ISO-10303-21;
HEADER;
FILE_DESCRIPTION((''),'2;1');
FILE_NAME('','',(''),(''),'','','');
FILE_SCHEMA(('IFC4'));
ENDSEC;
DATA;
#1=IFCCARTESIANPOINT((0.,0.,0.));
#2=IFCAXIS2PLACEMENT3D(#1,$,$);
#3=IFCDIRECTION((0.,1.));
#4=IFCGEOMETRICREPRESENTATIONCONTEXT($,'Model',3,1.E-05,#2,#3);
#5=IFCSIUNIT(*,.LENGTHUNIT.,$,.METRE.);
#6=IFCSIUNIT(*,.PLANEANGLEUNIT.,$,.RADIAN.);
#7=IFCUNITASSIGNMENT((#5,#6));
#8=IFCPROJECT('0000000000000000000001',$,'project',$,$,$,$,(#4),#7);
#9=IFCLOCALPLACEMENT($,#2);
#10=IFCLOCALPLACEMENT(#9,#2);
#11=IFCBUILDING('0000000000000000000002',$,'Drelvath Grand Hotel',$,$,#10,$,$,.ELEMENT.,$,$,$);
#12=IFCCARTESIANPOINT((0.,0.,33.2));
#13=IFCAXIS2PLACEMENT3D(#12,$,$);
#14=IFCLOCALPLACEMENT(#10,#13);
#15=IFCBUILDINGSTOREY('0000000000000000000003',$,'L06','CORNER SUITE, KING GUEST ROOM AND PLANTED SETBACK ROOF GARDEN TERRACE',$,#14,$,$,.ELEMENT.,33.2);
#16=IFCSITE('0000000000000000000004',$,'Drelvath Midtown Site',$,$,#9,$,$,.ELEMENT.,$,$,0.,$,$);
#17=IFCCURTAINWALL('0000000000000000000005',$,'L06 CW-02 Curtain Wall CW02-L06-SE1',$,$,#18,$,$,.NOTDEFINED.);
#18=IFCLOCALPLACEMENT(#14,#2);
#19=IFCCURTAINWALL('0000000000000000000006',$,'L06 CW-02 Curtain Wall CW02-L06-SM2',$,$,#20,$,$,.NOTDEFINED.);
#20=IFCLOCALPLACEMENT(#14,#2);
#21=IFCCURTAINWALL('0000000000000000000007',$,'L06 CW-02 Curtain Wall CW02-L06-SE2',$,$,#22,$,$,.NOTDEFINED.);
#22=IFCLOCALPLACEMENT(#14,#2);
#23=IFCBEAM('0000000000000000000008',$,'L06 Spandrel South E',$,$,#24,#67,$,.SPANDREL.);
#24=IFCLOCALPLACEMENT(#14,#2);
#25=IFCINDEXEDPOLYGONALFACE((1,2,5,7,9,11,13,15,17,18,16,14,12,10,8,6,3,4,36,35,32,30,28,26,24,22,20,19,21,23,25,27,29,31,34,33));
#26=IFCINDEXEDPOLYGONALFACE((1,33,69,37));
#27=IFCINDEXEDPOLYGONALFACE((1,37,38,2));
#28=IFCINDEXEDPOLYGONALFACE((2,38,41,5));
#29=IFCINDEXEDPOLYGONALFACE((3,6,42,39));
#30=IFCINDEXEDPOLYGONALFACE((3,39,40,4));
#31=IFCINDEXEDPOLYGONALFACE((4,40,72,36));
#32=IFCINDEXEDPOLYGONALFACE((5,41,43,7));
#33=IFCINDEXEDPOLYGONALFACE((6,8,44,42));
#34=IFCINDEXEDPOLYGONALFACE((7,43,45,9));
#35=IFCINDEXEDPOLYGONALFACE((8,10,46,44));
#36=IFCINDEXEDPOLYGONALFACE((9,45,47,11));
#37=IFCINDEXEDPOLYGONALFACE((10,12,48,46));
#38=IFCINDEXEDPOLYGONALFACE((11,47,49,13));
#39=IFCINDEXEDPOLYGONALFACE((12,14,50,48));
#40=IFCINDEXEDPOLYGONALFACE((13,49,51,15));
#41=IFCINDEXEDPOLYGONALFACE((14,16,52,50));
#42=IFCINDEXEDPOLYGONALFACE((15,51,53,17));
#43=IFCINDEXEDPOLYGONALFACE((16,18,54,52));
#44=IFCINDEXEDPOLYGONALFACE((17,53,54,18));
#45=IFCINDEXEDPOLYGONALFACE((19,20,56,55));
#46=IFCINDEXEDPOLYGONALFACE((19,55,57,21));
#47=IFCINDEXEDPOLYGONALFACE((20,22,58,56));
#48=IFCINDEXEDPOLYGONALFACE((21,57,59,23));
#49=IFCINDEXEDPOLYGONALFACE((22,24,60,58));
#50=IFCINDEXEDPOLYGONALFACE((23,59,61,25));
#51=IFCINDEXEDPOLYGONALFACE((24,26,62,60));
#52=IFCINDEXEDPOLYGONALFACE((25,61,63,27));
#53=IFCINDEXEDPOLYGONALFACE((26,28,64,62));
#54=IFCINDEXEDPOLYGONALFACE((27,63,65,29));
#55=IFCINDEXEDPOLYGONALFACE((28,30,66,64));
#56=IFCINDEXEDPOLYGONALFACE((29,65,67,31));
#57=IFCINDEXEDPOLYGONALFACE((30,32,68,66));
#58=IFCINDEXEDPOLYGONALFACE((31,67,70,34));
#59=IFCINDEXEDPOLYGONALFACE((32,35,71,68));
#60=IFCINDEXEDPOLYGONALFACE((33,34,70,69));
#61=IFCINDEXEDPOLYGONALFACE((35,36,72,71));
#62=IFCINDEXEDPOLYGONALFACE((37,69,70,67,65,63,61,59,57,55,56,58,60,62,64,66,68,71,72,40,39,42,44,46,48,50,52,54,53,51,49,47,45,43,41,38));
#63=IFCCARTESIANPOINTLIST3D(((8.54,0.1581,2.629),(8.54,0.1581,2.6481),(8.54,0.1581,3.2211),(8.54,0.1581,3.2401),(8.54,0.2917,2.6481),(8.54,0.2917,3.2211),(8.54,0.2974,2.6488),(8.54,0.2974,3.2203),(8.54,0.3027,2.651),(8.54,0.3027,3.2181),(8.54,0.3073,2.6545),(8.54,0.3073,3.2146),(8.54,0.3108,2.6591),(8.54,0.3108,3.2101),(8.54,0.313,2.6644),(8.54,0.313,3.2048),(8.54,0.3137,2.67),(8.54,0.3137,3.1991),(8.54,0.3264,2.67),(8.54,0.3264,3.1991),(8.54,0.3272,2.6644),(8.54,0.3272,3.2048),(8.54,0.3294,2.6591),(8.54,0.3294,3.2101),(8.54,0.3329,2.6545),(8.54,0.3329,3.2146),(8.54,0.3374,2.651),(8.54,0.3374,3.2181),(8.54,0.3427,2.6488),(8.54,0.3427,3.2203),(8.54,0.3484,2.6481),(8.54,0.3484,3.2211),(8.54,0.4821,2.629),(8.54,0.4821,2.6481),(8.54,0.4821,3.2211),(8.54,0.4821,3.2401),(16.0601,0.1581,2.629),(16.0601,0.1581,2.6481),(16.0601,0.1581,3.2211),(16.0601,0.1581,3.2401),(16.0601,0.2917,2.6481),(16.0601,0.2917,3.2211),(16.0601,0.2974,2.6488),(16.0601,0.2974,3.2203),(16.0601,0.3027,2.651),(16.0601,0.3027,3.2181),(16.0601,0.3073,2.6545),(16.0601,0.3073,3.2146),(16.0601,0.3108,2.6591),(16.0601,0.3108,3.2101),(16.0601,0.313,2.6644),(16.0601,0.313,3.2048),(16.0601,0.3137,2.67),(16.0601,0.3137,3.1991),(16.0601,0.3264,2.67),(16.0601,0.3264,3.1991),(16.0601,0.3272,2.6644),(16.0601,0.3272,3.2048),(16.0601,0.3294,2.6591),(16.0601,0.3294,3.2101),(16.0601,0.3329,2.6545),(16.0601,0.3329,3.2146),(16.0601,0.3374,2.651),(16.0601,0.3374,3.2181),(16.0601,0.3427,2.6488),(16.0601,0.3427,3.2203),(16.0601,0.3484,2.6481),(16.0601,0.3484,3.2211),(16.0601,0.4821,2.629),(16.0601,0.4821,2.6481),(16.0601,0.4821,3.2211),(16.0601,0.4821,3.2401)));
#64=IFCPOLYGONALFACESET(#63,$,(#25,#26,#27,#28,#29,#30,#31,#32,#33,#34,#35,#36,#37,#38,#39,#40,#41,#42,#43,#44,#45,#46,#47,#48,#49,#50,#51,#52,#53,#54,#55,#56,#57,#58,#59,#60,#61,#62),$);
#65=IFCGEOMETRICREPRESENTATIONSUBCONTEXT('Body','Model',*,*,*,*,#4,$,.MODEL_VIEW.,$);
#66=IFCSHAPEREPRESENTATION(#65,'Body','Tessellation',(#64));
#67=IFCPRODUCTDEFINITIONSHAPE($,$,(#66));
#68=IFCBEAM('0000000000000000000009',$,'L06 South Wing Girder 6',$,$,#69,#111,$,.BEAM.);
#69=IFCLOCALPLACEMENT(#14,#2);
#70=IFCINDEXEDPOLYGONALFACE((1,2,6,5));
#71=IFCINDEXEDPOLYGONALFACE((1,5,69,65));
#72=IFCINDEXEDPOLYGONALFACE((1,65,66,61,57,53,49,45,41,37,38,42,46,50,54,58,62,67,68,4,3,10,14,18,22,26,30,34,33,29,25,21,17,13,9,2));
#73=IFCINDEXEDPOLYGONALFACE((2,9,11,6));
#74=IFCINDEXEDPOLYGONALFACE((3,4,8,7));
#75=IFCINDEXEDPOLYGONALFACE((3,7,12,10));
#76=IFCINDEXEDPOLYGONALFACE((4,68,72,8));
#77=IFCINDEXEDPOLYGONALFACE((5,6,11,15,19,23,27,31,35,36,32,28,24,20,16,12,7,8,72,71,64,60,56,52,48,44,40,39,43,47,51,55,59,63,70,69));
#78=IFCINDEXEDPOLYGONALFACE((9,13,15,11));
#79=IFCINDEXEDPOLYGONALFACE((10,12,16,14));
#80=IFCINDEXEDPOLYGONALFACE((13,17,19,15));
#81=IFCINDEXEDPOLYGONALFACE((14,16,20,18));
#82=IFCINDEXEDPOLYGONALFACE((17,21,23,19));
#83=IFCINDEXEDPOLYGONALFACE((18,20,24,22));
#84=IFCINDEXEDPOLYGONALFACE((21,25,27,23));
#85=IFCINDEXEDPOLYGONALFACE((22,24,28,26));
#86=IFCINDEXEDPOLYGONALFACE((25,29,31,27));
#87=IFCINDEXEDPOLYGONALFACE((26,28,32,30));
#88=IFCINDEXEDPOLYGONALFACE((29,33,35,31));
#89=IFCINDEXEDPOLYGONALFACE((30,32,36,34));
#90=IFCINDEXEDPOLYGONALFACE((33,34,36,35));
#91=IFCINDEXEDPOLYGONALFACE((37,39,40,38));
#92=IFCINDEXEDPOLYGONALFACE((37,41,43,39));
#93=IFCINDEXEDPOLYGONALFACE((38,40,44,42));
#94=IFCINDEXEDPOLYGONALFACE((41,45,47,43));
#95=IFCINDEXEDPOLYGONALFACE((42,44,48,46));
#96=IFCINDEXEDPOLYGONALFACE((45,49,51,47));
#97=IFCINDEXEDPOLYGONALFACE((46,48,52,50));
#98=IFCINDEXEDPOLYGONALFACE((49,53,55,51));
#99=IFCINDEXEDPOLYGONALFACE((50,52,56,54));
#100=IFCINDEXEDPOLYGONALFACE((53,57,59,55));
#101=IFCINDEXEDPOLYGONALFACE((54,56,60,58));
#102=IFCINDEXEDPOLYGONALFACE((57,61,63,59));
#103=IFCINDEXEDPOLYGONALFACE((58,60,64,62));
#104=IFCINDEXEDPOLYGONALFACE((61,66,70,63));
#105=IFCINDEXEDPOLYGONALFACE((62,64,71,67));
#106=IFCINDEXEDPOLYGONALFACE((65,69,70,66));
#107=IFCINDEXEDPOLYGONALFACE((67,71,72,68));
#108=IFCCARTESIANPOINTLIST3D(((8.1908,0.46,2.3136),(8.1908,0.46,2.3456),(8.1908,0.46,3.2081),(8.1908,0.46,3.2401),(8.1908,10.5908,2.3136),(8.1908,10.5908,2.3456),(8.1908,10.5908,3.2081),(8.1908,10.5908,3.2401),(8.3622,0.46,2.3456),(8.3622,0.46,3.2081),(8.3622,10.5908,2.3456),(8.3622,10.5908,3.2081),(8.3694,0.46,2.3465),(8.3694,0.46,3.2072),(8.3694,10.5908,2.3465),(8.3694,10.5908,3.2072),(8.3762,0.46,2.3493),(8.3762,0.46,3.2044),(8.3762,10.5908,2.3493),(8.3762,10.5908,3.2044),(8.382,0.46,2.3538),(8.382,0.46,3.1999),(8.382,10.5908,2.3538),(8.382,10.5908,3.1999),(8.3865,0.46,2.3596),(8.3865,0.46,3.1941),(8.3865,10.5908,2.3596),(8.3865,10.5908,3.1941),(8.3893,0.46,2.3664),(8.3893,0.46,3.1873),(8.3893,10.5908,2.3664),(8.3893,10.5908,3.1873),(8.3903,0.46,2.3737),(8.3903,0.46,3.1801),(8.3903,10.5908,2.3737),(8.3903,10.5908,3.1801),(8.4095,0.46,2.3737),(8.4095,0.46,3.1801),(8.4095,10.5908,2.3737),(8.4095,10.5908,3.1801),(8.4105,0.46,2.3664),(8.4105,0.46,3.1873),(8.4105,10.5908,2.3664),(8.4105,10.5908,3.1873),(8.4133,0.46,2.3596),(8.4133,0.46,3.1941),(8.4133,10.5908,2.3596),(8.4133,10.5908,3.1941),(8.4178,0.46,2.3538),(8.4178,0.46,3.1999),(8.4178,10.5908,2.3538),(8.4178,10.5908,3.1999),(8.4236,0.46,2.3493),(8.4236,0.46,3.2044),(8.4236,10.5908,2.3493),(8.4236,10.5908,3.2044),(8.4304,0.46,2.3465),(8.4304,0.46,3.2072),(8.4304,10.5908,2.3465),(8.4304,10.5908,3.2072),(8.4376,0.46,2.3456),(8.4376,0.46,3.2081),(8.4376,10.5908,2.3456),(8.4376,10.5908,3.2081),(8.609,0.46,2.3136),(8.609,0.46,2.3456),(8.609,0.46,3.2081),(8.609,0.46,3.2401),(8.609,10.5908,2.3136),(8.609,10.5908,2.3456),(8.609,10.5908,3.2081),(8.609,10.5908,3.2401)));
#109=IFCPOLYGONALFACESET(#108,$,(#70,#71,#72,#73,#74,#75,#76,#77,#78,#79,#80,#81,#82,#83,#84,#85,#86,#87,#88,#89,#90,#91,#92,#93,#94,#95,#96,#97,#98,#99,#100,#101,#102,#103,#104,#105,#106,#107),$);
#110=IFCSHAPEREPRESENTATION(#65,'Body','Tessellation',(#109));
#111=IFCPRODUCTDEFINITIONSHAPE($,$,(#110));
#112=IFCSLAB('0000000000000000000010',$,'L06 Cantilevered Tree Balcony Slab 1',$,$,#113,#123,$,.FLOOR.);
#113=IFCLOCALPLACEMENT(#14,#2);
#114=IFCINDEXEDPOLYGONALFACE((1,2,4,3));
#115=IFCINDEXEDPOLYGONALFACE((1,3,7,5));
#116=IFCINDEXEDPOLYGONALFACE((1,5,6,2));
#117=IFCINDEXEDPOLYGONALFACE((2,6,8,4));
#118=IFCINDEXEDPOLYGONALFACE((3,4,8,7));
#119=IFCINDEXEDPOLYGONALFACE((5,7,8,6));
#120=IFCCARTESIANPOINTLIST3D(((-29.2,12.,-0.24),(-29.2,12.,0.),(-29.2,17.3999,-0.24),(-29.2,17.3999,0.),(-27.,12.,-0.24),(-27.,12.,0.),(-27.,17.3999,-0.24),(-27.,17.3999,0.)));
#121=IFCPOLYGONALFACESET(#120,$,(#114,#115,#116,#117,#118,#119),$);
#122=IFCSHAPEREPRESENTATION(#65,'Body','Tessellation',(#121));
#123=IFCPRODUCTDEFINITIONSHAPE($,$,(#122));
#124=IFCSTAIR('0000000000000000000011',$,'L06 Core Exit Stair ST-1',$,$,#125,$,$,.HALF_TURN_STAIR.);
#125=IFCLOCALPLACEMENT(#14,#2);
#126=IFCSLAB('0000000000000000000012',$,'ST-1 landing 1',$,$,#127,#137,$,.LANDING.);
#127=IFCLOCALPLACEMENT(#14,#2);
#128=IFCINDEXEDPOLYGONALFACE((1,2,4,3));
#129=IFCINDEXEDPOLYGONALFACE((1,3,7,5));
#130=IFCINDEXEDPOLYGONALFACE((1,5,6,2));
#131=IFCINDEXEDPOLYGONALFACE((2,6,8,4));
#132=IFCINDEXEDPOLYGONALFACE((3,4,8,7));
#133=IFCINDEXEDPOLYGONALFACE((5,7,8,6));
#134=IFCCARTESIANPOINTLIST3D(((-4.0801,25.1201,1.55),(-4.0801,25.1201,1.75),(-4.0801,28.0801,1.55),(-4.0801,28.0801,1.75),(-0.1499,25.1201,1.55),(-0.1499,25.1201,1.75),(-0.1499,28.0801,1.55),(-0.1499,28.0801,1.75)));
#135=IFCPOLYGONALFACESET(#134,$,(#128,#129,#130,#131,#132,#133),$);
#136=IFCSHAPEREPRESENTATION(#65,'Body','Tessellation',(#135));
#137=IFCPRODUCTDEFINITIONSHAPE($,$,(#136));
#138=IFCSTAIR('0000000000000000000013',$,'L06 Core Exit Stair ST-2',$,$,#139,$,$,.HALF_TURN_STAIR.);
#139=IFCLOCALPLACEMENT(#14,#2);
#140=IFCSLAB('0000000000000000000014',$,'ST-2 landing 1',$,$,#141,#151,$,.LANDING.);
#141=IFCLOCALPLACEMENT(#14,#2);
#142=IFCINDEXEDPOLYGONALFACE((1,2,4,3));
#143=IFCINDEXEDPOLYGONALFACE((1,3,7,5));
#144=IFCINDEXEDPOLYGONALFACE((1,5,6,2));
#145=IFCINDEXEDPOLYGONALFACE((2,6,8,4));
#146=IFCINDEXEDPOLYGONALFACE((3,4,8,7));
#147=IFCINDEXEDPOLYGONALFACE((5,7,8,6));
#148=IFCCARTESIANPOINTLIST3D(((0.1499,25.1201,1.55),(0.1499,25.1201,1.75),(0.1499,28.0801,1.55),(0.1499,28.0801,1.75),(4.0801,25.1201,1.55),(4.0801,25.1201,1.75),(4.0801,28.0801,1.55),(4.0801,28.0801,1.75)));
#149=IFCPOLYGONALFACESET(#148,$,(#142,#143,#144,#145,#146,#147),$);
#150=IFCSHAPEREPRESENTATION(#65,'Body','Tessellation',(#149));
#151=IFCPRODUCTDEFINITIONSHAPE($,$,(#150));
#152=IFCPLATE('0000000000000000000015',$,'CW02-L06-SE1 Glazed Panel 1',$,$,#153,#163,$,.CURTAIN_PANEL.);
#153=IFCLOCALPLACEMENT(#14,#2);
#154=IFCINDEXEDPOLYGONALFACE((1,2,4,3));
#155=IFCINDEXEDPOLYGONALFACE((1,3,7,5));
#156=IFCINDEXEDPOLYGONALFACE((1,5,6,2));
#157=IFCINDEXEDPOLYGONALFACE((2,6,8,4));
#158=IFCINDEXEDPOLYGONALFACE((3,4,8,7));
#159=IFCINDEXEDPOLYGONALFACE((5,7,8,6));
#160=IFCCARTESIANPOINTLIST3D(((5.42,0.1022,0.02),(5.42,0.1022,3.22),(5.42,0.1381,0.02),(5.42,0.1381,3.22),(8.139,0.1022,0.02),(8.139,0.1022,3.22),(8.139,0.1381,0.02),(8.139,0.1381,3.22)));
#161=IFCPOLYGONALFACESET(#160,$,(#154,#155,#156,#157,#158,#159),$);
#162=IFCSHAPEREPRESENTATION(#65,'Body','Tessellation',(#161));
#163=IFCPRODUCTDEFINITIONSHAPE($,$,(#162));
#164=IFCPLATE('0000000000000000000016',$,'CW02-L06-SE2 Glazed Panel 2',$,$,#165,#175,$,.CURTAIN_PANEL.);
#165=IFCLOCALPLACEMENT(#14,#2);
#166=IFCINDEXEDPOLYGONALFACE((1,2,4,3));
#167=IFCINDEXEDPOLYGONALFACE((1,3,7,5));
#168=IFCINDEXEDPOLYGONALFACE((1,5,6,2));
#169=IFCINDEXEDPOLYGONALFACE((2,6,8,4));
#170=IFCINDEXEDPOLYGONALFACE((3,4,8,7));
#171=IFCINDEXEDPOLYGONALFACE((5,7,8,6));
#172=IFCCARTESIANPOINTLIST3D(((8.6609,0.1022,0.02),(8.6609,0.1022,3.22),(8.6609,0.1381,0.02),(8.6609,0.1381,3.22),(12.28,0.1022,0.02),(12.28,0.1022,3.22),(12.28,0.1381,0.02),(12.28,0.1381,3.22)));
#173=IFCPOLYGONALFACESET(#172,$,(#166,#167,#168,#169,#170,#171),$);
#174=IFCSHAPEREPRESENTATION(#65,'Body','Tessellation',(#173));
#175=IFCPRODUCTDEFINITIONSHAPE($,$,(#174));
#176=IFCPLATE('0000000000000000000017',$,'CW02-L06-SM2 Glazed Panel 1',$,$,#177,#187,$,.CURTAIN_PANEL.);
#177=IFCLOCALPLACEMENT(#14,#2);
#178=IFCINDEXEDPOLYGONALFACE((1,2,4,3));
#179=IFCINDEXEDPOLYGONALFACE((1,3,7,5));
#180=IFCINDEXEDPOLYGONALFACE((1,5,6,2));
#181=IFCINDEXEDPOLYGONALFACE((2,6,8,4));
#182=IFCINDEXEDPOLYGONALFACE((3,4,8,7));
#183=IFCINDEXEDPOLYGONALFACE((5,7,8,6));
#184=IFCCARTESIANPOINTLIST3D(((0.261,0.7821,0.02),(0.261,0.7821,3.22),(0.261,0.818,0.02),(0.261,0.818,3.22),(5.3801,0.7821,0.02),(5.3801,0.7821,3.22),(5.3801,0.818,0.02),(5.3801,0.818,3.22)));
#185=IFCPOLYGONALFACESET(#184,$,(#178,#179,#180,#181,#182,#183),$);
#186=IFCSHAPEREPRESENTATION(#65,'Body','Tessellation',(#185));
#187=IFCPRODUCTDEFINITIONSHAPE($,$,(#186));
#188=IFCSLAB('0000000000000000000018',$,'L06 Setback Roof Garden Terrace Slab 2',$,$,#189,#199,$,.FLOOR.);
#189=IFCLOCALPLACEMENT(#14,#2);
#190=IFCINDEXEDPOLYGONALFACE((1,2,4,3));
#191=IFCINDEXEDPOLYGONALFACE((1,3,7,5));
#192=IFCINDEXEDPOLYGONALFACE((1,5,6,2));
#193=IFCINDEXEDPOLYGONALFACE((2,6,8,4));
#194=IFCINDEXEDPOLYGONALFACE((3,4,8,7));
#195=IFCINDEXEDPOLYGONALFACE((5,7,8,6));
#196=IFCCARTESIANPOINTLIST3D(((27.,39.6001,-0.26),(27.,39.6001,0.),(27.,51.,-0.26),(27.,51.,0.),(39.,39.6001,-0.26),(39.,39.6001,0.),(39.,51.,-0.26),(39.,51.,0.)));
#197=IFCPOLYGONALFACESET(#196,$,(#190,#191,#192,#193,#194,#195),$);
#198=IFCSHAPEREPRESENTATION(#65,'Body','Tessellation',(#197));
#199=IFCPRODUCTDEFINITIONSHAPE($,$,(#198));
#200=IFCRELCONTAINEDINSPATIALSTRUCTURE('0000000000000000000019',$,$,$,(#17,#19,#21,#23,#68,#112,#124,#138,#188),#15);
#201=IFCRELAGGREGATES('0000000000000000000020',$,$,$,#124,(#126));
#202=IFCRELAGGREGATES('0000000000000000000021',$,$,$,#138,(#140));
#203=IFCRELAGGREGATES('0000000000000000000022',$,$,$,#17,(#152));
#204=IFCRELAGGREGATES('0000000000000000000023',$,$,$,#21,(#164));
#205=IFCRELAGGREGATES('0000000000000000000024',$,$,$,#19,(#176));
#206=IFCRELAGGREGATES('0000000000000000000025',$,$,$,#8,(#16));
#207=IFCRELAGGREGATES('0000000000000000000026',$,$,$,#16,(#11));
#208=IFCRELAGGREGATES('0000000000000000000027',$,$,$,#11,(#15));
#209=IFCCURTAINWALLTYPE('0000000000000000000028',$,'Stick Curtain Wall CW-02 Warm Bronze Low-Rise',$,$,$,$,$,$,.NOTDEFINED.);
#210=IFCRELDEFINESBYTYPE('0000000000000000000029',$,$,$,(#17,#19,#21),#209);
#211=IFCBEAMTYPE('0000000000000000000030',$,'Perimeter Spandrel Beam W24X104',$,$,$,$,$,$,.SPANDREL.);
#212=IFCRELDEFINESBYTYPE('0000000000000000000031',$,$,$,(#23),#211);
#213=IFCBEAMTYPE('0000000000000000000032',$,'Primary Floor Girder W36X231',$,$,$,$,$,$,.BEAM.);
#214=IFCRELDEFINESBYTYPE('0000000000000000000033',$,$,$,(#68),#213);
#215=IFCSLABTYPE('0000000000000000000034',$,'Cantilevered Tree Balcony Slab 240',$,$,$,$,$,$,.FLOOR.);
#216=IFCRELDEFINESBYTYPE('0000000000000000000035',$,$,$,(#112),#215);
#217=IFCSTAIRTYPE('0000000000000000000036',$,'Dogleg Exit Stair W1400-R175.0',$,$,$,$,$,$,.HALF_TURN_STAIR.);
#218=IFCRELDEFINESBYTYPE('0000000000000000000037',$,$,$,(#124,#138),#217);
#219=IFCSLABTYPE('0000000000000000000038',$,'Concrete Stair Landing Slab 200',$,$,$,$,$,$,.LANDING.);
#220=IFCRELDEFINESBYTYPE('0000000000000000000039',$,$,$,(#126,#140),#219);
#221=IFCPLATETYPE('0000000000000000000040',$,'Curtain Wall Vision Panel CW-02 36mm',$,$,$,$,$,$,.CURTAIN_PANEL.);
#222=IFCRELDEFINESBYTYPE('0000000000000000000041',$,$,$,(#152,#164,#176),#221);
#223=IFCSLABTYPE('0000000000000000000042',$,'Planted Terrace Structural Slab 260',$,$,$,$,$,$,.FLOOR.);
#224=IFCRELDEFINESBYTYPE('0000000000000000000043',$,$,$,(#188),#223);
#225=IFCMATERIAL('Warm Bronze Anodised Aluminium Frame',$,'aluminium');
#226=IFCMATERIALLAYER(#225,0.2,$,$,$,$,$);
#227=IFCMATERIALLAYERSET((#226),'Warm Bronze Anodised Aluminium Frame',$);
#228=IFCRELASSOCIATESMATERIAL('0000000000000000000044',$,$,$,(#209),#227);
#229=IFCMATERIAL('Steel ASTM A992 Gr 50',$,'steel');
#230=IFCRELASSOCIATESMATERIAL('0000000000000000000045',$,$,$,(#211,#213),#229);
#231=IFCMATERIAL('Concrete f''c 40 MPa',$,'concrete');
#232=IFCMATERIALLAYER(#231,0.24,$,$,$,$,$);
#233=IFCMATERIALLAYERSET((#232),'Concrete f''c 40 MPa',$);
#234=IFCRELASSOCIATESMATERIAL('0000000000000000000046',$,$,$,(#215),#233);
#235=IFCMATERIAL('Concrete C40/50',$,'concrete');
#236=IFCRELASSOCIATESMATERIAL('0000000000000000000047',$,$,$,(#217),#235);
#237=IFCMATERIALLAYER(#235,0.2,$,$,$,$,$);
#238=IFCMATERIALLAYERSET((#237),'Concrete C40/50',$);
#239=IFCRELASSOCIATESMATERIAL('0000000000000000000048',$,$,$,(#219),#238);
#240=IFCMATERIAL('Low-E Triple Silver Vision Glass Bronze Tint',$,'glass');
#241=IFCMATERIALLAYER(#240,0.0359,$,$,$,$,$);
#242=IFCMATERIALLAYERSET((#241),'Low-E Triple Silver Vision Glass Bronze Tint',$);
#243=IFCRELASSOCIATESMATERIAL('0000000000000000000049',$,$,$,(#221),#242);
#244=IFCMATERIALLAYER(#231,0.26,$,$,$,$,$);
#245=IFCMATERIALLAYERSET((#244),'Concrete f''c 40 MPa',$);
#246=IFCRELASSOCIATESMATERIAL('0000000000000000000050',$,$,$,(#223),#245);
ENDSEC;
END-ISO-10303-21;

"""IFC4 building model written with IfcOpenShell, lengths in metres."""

from ifc_helpers import new_model, si_unit, direction, frame, origin, origin_2d, place, context, subcontext, project, spatial, polyline, rectangle, i_section, outline, extrude, material, layer, layer_set, material_profile, profile_set, type_object, element, aggregate, save


model = new_model("IFC4")

# Units and contexts
model_context = context("Model", 3, precision=1e-05, world=origin(), true_north=direction((0.0, 1.0)))
body_context = subcontext(model_context, "Body", "Model", "MODEL_VIEW")
ifc_project = project(units=[si_unit("LENGTHUNIT", "METRE"), si_unit("PLANEANGLEUNIT", "RADIAN")], contexts=[model_context])

# Site, building, storey
site_placement = place(None, origin())
site = spatial("IfcSite", under=ifc_project, at=site_placement, Name="Drelvath Midtown Site", CompositionType="ELEMENT", RefElevation=0.0)
building_placement = place(site_placement, origin())
building = spatial("IfcBuilding", under=site, at=building_placement, Name="Drelvath Grand Hotel", CompositionType="ELEMENT")
storey_placement = place(building_placement, frame((0.0, 0.0, 33.2)))
storey = spatial("IfcBuildingStorey", under=building, at=storey_placement, Name="L06", Description="CORNER SUITE, KING GUEST ROOM AND PLANTED SETBACK ROOF GARDEN TERRACE", CompositionType="ELEMENT", Elevation=33.2)

# Curtain walls
ifc_material_1 = material(Name="Warm Bronze Anodised Aluminium Frame", Category="aluminium")
ifc_layer_1 = layer(ifc_material_1, 0.2)
ifc_layer_set_1 = layer_set([ifc_layer_1], Name="Warm Bronze Anodised Aluminium Frame")
curtain_wall_type = type_object("IfcCurtainWallType", Name="Stick Curtain Wall CW-02 Warm Bronze Low-Rise", PredefinedType="NOTDEFINED", material=ifc_layer_set_1)
curtain_wall_1_placement = place(storey_placement, origin())
curtain_wall_1 = element("IfcCurtainWall", 1, at=curtain_wall_1_placement, inside=storey, type_object=curtain_wall_type, Name="L06 CW-02 Curtain Wall CW02-L06-SE1", PredefinedType="NOTDEFINED")
curtain_wall_2_placement = place(storey_placement, origin())
curtain_wall_2 = element("IfcCurtainWall", 2, at=curtain_wall_2_placement, inside=storey, type_object=curtain_wall_type, Name="L06 CW-02 Curtain Wall CW02-L06-SM2", PredefinedType="NOTDEFINED")

# Curtain wall
curtain_wall_3_placement = place(storey_placement, origin())
curtain_wall_3 = element("IfcCurtainWall", 3, at=curtain_wall_3_placement, inside=storey, type_object=curtain_wall_type, Name="L06 CW-02 Curtain Wall CW02-L06-SE2", PredefinedType="NOTDEFINED")

# Beams
ifc_material_2 = material(Name="Steel ASTM A992 Gr 50", Category="steel")
ifc_material_profile_1 = material_profile(ifc_material_2, i_section(OverallWidth=0.324, OverallDepth=0.6111, WebThickness=0.0127, FlangeThickness=0.019, FilletRadius=0.022, at=origin_2d()), Name="W24X104")
ifc_profile_set_1 = profile_set([ifc_material_profile_1], Name="Steel ASTM A992 Gr 50")
beam_type_1 = type_object("IfcBeamType", Name="Perimeter Spandrel Beam W24X104", PredefinedType="SPANDREL", material=ifc_profile_set_1)
beam_1_placement = place(storey_placement, frame((8.54, 0.3201, 2.9346), z_axis=(1.0, 0.0, 0.0), x_axis=(0.0, 1.0, 0.0)))
element("IfcBeam", 4, at=beam_1_placement, inside=storey, type_object=beam_type_1, Name="L06 Spandrel South E", PredefinedType="SPANDREL", context=body_context, shape_type="SweptSolid", body=[
    extrude(i_section(OverallWidth=0.324, OverallDepth=0.6111, WebThickness=0.0127, FlangeThickness=0.019, FilletRadius=0.022, at=origin_2d()), origin(), (0.0, 0.0, 1.0), 7.52),
])
ifc_material_profile_2 = material_profile(ifc_material_2, i_section(OverallWidth=0.4182, OverallDepth=0.9265, WebThickness=0.0193, FlangeThickness=0.032, FilletRadius=0.0281, at=origin_2d()), Name="W36X231")
ifc_profile_set_2 = profile_set([ifc_material_profile_2], Name="Steel ASTM A992 Gr 50")
beam_type_2 = type_object("IfcBeamType", Name="Primary Floor Girder W36X231", PredefinedType="BEAM", material=ifc_profile_set_2)
beam_2_placement = place(storey_placement, frame((8.3999, 0.46, 2.7769), z_axis=(0.0, 1.0, 0.0), x_axis=(-1.0, 0.0, 0.0)))
element("IfcBeam", 5, at=beam_2_placement, inside=storey, type_object=beam_type_2, Name="L06 South Wing Girder 6", PredefinedType="BEAM", context=body_context, shape_type="SweptSolid", body=[
    extrude(i_section(OverallWidth=0.4182, OverallDepth=0.9265, WebThickness=0.0193, FlangeThickness=0.032, FilletRadius=0.0281, at=origin_2d()), origin(), (0.0, 0.0, 1.0), 10.1309),
])

# Slab
ifc_material_3 = material(Name="Concrete f'c 40 MPa", Category="concrete")
ifc_layer_2 = layer(ifc_material_3, 0.24)
ifc_layer_set_2 = layer_set([ifc_layer_2], Name="Concrete f'c 40 MPa")
slab_type_1 = type_object("IfcSlabType", Name="Cantilevered Tree Balcony Slab 240", PredefinedType="FLOOR", material=ifc_layer_set_2)
slab_1_placement = place(storey_placement, frame((0.0, 0.0, -0.24)))
element("IfcSlab", 6, at=slab_1_placement, inside=storey, type_object=slab_type_1, Name="L06 Cantilevered Tree Balcony Slab 1", PredefinedType="FLOOR", context=body_context, shape_type="SweptSolid", body=[
    extrude(outline(polyline([(-29.2, 12.0), (-27.0, 12.0), (-27.0, 17.3999), (-29.2, 17.3999), (-29.2, 12.0)])), origin(), (0.0, 0.0, 1.0), 0.24),
])

# Stairs, slabs
ifc_material_4 = material(Name="Concrete C40/50", Category="concrete")
stair_type = type_object("IfcStairType", Name="Dogleg Exit Stair W1400-R175.0", PredefinedType="HALF_TURN_STAIR", material=ifc_material_4)
stair_1_placement = place(storey_placement, origin())
stair_1 = element("IfcStair", 7, at=stair_1_placement, inside=storey, type_object=stair_type, Name="L06 Core Exit Stair ST-1", PredefinedType="HALF_TURN_STAIR")
ifc_layer_3 = layer(ifc_material_4, 0.2)
ifc_layer_set_3 = layer_set([ifc_layer_3], Name="Concrete C40/50")
slab_type_2 = type_object("IfcSlabType", Name="Concrete Stair Landing Slab 200", PredefinedType="LANDING", material=ifc_layer_set_3)
slab_2_placement = place(storey_placement, frame((0.0, 0.0, 1.55)))
slab_2 = element("IfcSlab", 8, at=slab_2_placement, type_object=slab_type_2, Name="ST-1 landing 1", PredefinedType="LANDING", context=body_context, shape_type="SweptSolid", body=[
    extrude(outline(polyline([(-4.0801, 25.1201), (-0.1499, 25.1201), (-0.1499, 28.0801), (-4.0801, 28.0801), (-4.0801, 25.1201)])), origin(), (0.0, 0.0, 1.0), 0.2),
])
aggregate(stair_1, [slab_2])
stair_2_placement = place(storey_placement, origin())
stair_2 = element("IfcStair", 9, at=stair_2_placement, inside=storey, type_object=stair_type, Name="L06 Core Exit Stair ST-2", PredefinedType="HALF_TURN_STAIR")
slab_3_placement = place(storey_placement, frame((0.0, 0.0, 1.55)))
slab_3 = element("IfcSlab", 10, at=slab_3_placement, type_object=slab_type_2, Name="ST-2 landing 1", PredefinedType="LANDING", context=body_context, shape_type="SweptSolid", body=[
    extrude(outline(polyline([(4.0801, 28.0801), (0.1499, 28.0801), (0.1499, 25.1201), (4.0801, 25.1201), (4.0801, 28.0801)])), origin(), (0.0, 0.0, 1.0), 0.2),
])
aggregate(stair_2, [slab_3])

# Plates
ifc_material_5 = material(Name="Low-E Triple Silver Vision Glass Bronze Tint", Category="glass")
ifc_layer_4 = layer(ifc_material_5, 0.0359)
ifc_layer_set_4 = layer_set([ifc_layer_4], Name="Low-E Triple Silver Vision Glass Bronze Tint")
plate_type = type_object("IfcPlateType", Name="Curtain Wall Vision Panel CW-02 36mm", PredefinedType="CURTAIN_PANEL", material=ifc_layer_set_4)
plate_1_placement = place(storey_placement, frame((6.7795, 0.1201, 0.02), z_axis=(0.0, 0.0, 1.0), x_axis=(-1.0, 0.0, 0.0)))
plate_1 = element("IfcPlate", 11, at=plate_1_placement, type_object=plate_type, Name="CW02-L06-SE1 Glazed Panel 1", PredefinedType="CURTAIN_PANEL", context=body_context, shape_type="SweptSolid", body=[
    extrude(rectangle(XDim=2.719, YDim=0.0359, at=origin_2d()), origin(), (0.0, 0.0, 1.0), 3.2),
])
aggregate(curtain_wall_1, [plate_1])
plate_2_placement = place(storey_placement, frame((10.4705, 0.1201, 0.02), z_axis=(0.0, 0.0, 1.0), x_axis=(-1.0, 0.0, 0.0)))
plate_2 = element("IfcPlate", 12, at=plate_2_placement, type_object=plate_type, Name="CW02-L06-SE2 Glazed Panel 2", PredefinedType="CURTAIN_PANEL", context=body_context, shape_type="SweptSolid", body=[
    extrude(rectangle(XDim=3.6191, YDim=0.0359, at=origin_2d()), origin(), (0.0, 0.0, 1.0), 3.2),
])
aggregate(curtain_wall_3, [plate_2])
plate_3_placement = place(storey_placement, frame((2.8206, 0.8, 0.02), z_axis=(0.0, 0.0, 1.0), x_axis=(-1.0, 0.0, 0.0)))
plate_3 = element("IfcPlate", 13, at=plate_3_placement, type_object=plate_type, Name="CW02-L06-SM2 Glazed Panel 1", PredefinedType="CURTAIN_PANEL", context=body_context, shape_type="SweptSolid", body=[
    extrude(rectangle(XDim=5.1191, YDim=0.0359, at=origin_2d()), origin(), (0.0, 0.0, 1.0), 3.2),
])
aggregate(curtain_wall_2, [plate_3])

# Slab
ifc_layer_5 = layer(ifc_material_3, 0.26)
ifc_layer_set_5 = layer_set([ifc_layer_5], Name="Concrete f'c 40 MPa")
slab_type_3 = type_object("IfcSlabType", Name="Planted Terrace Structural Slab 260", PredefinedType="FLOOR", material=ifc_layer_set_5)
slab_4_placement = place(storey_placement, frame((0.0, 0.0, -0.26)))
element("IfcSlab", 14, at=slab_4_placement, inside=storey, type_object=slab_type_3, Name="L06 Setback Roof Garden Terrace Slab 2", PredefinedType="FLOOR", context=body_context, shape_type="SweptSolid", body=[
    extrude(outline(polyline([(27.0, 39.6001), (39.0, 39.6001), (39.0, 51.0), (27.0, 51.0), (27.0, 39.6001)])), origin(), (0.0, 0.0, 1.0), 0.26),
])

save(model, "model.ifc")
